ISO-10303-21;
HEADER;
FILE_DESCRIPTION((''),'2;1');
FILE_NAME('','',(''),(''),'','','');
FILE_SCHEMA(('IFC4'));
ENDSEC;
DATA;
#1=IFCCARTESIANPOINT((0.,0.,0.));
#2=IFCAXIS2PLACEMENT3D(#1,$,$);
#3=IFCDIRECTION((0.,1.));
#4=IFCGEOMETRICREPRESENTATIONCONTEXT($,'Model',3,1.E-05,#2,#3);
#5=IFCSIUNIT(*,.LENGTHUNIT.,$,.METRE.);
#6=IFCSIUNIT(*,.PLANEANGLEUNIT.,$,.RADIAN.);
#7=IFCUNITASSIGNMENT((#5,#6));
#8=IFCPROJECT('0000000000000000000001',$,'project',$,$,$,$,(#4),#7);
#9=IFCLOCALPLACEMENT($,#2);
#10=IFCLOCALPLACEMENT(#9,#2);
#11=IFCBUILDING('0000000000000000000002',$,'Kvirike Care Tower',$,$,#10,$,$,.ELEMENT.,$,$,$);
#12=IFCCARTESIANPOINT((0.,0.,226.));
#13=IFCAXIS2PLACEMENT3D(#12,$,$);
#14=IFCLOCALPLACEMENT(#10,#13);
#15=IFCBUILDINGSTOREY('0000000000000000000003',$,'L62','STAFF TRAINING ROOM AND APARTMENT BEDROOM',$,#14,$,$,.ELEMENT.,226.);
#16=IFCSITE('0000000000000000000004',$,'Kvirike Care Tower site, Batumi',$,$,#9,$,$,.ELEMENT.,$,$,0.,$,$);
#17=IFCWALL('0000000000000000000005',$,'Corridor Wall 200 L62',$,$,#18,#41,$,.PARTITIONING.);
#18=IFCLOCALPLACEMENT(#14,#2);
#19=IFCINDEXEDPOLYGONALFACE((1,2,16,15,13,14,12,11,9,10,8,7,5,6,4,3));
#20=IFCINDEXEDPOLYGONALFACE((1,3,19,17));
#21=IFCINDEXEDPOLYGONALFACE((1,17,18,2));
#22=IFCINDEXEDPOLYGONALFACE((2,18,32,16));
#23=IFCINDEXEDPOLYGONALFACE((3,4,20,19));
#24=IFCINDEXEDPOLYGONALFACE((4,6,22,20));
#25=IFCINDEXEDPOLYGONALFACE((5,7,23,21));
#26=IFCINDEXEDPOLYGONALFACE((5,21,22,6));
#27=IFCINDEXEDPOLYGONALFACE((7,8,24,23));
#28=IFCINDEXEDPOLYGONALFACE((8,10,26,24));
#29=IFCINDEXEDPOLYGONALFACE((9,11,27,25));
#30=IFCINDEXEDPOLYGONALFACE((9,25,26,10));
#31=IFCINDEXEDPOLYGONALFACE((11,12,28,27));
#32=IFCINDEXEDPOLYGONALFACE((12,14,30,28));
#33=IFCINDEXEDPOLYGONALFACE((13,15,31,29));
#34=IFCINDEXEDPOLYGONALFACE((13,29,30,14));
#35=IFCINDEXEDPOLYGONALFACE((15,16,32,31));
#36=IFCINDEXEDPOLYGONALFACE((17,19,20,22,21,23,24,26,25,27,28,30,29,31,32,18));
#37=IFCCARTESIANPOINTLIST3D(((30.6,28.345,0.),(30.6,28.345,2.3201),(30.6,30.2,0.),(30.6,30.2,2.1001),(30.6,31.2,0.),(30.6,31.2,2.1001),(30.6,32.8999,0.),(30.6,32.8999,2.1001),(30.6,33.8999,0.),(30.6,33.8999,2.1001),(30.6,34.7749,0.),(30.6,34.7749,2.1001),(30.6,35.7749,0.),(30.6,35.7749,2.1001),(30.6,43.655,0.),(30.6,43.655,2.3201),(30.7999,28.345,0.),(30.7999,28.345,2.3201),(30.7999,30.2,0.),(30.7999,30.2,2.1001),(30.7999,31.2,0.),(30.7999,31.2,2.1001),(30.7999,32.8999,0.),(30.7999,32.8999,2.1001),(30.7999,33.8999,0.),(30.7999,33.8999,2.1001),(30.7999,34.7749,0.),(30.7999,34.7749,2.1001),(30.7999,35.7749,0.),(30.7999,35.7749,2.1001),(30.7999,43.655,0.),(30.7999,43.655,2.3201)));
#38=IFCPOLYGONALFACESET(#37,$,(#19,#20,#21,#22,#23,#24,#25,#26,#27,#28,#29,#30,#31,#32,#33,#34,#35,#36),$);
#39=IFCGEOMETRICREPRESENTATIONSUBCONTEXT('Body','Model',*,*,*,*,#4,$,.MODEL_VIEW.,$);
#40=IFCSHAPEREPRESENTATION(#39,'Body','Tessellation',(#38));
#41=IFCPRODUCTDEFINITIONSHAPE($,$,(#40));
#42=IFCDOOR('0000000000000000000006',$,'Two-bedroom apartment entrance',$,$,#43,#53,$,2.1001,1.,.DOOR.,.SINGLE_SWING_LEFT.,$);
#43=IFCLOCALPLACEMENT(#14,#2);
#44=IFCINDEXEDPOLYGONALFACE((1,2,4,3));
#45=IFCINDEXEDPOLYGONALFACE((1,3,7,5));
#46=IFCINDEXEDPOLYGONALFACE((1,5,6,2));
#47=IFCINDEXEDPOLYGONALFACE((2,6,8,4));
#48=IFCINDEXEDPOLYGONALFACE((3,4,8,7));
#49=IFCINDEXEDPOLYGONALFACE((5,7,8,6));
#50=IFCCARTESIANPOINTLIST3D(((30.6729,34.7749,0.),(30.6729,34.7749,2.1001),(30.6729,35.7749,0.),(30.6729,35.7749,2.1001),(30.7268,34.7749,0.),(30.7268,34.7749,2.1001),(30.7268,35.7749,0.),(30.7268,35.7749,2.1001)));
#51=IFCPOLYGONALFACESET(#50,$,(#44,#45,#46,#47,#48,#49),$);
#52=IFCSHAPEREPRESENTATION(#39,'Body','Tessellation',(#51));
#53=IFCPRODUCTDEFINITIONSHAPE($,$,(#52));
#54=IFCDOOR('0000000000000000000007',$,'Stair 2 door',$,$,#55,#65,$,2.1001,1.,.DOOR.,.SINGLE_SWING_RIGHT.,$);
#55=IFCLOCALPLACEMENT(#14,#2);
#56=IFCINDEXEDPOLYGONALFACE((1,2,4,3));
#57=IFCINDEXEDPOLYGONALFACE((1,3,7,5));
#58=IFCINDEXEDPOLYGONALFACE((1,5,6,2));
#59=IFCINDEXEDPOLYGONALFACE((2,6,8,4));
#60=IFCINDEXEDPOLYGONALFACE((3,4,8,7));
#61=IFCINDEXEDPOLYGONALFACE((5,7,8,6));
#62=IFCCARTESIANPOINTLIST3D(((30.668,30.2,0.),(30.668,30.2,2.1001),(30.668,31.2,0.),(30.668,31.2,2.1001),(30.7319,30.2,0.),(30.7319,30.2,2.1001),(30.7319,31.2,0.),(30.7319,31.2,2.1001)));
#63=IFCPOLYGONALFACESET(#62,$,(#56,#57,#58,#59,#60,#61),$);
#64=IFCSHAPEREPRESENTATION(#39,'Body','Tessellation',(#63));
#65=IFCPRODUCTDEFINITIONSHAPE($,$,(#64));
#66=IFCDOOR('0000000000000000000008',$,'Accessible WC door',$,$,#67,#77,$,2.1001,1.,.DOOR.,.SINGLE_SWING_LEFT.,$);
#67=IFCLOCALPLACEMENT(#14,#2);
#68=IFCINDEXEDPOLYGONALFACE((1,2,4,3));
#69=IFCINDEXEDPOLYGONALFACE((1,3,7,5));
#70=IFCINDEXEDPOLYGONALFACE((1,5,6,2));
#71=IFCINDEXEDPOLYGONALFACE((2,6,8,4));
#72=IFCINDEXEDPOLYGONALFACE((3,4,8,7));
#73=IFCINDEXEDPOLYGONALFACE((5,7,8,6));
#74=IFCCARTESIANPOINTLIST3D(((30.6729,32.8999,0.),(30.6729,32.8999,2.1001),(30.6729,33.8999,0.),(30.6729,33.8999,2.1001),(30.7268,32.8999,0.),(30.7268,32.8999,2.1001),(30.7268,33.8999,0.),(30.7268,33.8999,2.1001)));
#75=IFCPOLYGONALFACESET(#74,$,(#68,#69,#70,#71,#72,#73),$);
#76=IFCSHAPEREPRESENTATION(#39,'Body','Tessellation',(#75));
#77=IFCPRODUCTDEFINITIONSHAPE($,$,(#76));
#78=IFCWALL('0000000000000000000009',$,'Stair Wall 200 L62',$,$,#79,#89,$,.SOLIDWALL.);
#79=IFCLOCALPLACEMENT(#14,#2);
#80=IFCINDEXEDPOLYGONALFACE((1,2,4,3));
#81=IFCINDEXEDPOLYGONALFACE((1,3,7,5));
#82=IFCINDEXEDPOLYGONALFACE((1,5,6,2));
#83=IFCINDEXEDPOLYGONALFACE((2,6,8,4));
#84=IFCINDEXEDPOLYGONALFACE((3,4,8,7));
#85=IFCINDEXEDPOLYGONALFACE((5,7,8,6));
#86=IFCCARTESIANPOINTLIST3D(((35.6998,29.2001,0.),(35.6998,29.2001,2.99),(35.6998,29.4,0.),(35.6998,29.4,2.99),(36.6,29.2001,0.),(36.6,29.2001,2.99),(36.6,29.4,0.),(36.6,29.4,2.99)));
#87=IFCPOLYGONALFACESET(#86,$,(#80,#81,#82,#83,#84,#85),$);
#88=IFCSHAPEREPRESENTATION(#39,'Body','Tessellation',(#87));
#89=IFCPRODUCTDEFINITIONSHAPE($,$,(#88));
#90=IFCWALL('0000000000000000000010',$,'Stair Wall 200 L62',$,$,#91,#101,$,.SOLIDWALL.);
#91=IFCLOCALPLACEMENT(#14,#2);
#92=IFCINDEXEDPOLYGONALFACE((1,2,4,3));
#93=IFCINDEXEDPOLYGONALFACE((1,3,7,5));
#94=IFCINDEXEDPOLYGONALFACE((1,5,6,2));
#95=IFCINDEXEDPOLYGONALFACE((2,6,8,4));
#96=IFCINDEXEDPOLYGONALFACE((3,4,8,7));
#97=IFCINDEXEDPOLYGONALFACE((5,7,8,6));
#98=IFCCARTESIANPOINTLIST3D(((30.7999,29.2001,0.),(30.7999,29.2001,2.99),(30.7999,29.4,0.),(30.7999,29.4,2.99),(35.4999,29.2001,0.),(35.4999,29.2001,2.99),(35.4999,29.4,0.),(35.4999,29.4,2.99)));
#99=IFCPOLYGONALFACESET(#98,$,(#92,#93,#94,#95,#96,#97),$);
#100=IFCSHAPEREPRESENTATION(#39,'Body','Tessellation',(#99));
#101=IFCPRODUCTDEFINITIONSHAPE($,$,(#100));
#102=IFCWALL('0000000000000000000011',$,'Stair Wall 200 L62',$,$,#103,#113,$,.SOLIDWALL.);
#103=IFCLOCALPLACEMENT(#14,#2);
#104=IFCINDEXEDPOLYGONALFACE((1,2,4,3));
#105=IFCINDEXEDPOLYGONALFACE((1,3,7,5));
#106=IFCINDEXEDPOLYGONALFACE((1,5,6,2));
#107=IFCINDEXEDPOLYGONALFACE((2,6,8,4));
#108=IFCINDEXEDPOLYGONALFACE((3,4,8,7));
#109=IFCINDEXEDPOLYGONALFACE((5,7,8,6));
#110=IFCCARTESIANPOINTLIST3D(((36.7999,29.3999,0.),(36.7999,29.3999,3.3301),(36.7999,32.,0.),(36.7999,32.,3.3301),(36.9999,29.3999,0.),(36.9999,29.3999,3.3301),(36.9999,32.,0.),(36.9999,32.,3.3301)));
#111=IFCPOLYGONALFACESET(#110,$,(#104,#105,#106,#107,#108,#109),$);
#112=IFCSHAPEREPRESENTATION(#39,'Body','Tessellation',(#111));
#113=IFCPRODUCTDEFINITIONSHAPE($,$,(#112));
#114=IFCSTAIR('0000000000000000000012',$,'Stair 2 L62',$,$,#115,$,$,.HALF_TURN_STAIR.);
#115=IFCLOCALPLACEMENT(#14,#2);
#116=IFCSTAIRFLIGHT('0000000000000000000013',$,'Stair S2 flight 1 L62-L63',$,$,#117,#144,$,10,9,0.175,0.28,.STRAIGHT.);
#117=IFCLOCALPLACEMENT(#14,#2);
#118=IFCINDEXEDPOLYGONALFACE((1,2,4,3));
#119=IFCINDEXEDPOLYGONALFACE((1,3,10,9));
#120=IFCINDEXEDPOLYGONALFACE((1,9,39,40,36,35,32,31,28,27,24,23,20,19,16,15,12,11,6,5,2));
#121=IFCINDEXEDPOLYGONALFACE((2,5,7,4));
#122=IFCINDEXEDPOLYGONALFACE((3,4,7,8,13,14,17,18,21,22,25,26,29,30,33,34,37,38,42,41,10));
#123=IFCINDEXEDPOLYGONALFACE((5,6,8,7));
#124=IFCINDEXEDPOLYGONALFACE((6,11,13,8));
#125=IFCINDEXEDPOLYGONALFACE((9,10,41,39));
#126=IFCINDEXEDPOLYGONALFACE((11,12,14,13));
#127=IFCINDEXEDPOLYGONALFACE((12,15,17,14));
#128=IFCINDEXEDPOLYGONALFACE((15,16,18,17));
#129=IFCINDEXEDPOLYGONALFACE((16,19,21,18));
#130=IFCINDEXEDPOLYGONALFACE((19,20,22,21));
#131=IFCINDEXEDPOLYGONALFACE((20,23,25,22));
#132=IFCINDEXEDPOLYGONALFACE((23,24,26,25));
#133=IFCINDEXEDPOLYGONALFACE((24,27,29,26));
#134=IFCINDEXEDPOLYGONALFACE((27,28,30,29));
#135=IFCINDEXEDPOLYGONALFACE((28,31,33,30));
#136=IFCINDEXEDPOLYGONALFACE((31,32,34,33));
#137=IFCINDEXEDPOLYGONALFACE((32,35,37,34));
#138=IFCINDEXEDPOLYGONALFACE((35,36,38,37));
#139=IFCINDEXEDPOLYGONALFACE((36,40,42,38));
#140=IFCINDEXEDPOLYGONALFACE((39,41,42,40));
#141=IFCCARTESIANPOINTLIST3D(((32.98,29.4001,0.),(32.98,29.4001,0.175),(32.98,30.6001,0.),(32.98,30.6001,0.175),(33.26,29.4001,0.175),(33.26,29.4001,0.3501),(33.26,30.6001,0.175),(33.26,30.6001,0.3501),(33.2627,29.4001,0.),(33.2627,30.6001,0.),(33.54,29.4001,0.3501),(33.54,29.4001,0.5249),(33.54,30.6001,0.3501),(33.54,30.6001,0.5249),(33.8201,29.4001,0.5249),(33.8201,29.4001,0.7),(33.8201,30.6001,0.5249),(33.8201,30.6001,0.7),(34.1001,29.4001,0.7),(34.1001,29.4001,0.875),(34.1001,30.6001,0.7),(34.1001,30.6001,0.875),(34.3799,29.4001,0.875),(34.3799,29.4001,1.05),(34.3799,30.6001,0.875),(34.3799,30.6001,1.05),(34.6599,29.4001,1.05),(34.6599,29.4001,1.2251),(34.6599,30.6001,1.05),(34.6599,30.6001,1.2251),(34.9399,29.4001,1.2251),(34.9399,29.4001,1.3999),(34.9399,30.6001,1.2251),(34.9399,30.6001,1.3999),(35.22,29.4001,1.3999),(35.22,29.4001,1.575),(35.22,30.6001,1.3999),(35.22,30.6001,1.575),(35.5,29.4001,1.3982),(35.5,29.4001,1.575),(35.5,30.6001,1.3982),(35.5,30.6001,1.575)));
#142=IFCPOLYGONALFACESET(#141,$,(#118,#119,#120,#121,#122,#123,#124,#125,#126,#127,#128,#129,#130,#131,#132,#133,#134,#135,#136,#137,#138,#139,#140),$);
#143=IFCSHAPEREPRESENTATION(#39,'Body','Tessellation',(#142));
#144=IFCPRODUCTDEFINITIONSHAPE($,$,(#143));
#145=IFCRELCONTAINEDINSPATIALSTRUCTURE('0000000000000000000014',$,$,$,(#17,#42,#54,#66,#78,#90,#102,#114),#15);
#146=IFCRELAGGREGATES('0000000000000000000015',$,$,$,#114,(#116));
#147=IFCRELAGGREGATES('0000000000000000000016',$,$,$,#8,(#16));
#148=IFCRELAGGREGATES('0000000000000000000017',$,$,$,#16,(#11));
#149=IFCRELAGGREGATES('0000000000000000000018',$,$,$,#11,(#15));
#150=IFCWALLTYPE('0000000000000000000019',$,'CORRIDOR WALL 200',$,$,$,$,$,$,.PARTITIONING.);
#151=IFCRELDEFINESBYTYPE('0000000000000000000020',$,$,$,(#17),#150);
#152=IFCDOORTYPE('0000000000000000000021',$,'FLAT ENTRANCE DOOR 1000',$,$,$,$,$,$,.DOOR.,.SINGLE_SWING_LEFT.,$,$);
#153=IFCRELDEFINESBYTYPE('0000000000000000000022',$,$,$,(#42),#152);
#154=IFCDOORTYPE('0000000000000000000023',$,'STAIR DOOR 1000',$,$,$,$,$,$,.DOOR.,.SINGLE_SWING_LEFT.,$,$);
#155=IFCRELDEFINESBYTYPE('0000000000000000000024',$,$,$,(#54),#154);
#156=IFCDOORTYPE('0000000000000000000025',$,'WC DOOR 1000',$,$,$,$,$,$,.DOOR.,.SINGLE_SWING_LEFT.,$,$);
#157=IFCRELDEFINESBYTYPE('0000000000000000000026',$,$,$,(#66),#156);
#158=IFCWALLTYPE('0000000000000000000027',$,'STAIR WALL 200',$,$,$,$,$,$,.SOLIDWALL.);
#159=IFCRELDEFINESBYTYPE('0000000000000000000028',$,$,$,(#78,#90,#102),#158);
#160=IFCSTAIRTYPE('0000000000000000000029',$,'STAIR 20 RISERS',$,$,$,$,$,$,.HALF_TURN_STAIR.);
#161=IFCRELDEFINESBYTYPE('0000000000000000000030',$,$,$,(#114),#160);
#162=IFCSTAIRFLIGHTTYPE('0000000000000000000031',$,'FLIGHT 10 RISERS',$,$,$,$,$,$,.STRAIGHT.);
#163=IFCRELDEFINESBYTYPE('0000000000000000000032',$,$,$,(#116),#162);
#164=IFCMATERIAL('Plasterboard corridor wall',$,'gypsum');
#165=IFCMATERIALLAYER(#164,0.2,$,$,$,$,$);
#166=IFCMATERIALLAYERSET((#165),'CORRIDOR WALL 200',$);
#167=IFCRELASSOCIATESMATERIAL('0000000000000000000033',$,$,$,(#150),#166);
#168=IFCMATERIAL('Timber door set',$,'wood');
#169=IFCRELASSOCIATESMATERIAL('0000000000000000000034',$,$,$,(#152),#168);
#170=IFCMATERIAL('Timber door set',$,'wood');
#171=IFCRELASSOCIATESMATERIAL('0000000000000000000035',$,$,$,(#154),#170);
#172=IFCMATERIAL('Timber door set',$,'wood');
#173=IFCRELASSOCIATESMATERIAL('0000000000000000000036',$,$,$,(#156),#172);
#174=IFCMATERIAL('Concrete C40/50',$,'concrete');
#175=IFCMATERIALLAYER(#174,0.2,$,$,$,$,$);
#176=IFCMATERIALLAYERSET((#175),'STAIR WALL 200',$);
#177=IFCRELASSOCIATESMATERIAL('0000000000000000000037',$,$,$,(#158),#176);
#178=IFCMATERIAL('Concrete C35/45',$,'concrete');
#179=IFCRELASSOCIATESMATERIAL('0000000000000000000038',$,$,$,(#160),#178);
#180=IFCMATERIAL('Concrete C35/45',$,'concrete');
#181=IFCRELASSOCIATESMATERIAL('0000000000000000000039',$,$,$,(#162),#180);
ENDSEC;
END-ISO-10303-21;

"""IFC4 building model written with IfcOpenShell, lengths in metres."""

from ifc_helpers import new_model, si_unit, direction, frame, frame_2d, origin, place, context, subcontext, project, spatial, polyline, rectangle, outline, extrude, material, layer, layer_set, type_object, element, fill, aggregate, save


model = new_model("IFC4")

# Units and contexts
model_context = context("Model", 3, precision=1e-05, world=origin(), true_north=direction((0.0, 1.0)))
body_context = subcontext(model_context, "Body", "Model", "MODEL_VIEW")
ifc_project = project(units=[si_unit("LENGTHUNIT", "METRE"), si_unit("PLANEANGLEUNIT", "RADIAN")], contexts=[model_context])

# Site, building, storey
site_placement = place(None, origin())
site = spatial("IfcSite", under=ifc_project, at=site_placement, Name="Kvirike Care Tower site, Batumi", CompositionType="ELEMENT", RefElevation=0.0)
building_placement = place(site_placement, origin())
building = spatial("IfcBuilding", under=site, at=building_placement, Name="Kvirike Care Tower", CompositionType="ELEMENT")
storey_placement = place(building_placement, frame((0.0, 0.0, 226.0)))
storey = spatial("IfcBuildingStorey", under=building, at=storey_placement, Name="L62", Description="STAFF TRAINING ROOM AND APARTMENT BEDROOM", CompositionType="ELEMENT", Elevation=226.0)

# Wall, openings, doors
ifc_material_1 = material(Name="Plasterboard corridor wall", Category="gypsum")
ifc_layer_1 = layer(ifc_material_1, 0.2)
ifc_layer_set_1 = layer_set([ifc_layer_1], Name="CORRIDOR WALL 200")
wall_type_1 = type_object("IfcWallType", Name="CORRIDOR WALL 200", PredefinedType="PARTITIONING", material=ifc_layer_set_1)
wall_1_placement = place(storey_placement, frame((30.7, 28.345, 0.0), z_axis=(0.0, 0.0, 1.0), x_axis=(0.0, 1.0, 0.0)))
wall_1 = element("IfcWall", 1, at=wall_1_placement, inside=storey, type_object=wall_type_1, Name="Corridor Wall 200 L62", PredefinedType="PARTITIONING", context=body_context, shape_type="SweptSolid", body=[
    extrude(rectangle(XDim=15.3101, YDim=0.2, at=frame_2d((7.655, 0.0))), origin(), (0.0, 0.0, 1.0), 2.3201),
])
opening_1_placement = place(wall_1_placement, frame((1.855, 0.0, 0.0)))
opening_1 = element("IfcOpeningElement", 2, at=opening_1_placement, cuts=wall_1, PredefinedType="OPENING", context=body_context, shape_type="SweptSolid", body=[
    extrude(rectangle(XDim=1.0, YDim=2.1001, at=frame_2d((0.5, 1.05))), frame((0.0, 0.1106, 0.0), z_axis=(0.0, -1.0, 0.0), x_axis=(1.0, 0.0, 0.0)), (0.0, 0.0, 1.0), 0.2209),
])
opening_2_placement = place(wall_1_placement, frame((4.5549, 0.0, 0.0)))
opening_2 = element("IfcOpeningElement", 3, at=opening_2_placement, cuts=wall_1, PredefinedType="OPENING", context=body_context, shape_type="SweptSolid", body=[
    extrude(rectangle(XDim=1.0, YDim=2.1001, at=frame_2d((0.5, 1.05))), frame((0.0, 0.1106, 0.0), z_axis=(0.0, -1.0, 0.0), x_axis=(1.0, 0.0, 0.0)), (0.0, 0.0, 1.0), 0.2209),
])
opening_3_placement = place(wall_1_placement, frame((6.4299, 0.0, 0.0)))
opening_3 = element("IfcOpeningElement", 4, at=opening_3_placement, cuts=wall_1, PredefinedType="OPENING", context=body_context, shape_type="SweptSolid", body=[
    extrude(rectangle(XDim=1.0, YDim=2.1001, at=frame_2d((0.5, 1.05))), frame((0.0, 0.1106, 0.0), z_axis=(0.0, -1.0, 0.0), x_axis=(1.0, 0.0, 0.0)), (0.0, 0.0, 1.0), 0.2209),
])
ifc_material_2 = material(Name="Timber door set", Category="wood")
door_type_1 = type_object("IfcDoorType", Name="FLAT ENTRANCE DOOR 1000", OperationType="SINGLE_SWING_LEFT", PredefinedType="DOOR", material=ifc_material_2)
door_1_placement = place(opening_3_placement, frame((1.0, 0.0, 0.0), z_axis=(0.0, 0.0, 1.0), x_axis=(-1.0, 0.0, 0.0)))
door_1 = element("IfcDoor", 5, at=door_1_placement, inside=storey, type_object=door_type_1, Name="Two-bedroom apartment entrance", OperationType="SINGLE_SWING_LEFT", OverallHeight=2.1001, OverallWidth=1.0, PredefinedType="DOOR", context=body_context, shape_type="SweptSolid", body=[
    extrude(rectangle(XDim=1.0, YDim=2.1001, at=frame_2d((0.5, 1.05))), frame((0.0, 0.0269, 0.0), z_axis=(0.0, -1.0, 0.0), x_axis=(1.0, 0.0, 0.0)), (0.0, 0.0, 1.0), 0.054),
])
fill(opening_3, door_1)
ifc_material_3 = material(Name="Timber door set", Category="wood")
door_type_2 = type_object("IfcDoorType", Name="STAIR DOOR 1000", OperationType="SINGLE_SWING_LEFT", PredefinedType="DOOR", material=ifc_material_3)
door_2_placement = place(opening_1_placement, frame((1.0, 0.0, 0.0), z_axis=(0.0, 0.0, 1.0), x_axis=(-1.0, 0.0, 0.0)))
door_2 = element("IfcDoor", 6, at=door_2_placement, inside=storey, type_object=door_type_2, Name="Stair 2 door", OperationType="SINGLE_SWING_RIGHT", OverallHeight=2.1001, OverallWidth=1.0, PredefinedType="DOOR", context=body_context, shape_type="SweptSolid", body=[
    extrude(rectangle(XDim=1.0, YDim=2.1001, at=frame_2d((0.5, 1.05))), frame((0.0, 0.032, 0.0), z_axis=(0.0, -1.0, 0.0), x_axis=(1.0, 0.0, 0.0)), (0.0, 0.0, 1.0), 0.064),
])
fill(opening_1, door_2)
ifc_material_4 = material(Name="Timber door set", Category="wood")
door_type_3 = type_object("IfcDoorType", Name="WC DOOR 1000", OperationType="SINGLE_SWING_LEFT", PredefinedType="DOOR", material=ifc_material_4)
door_3_placement = place(opening_2_placement, frame((1.0, 0.0, 0.0), z_axis=(0.0, 0.0, 1.0), x_axis=(-1.0, 0.0, 0.0)))
door_3 = element("IfcDoor", 7, at=door_3_placement, inside=storey, type_object=door_type_3, Name="Accessible WC door", OperationType="SINGLE_SWING_LEFT", OverallHeight=2.1001, OverallWidth=1.0, PredefinedType="DOOR", context=body_context, shape_type="SweptSolid", body=[
    extrude(rectangle(XDim=1.0, YDim=2.1001, at=frame_2d((0.5, 1.05))), frame((0.0, 0.0269, 0.0), z_axis=(0.0, -1.0, 0.0), x_axis=(1.0, 0.0, 0.0)), (0.0, 0.0, 1.0), 0.054),
])
fill(opening_2, door_3)

# Walls
ifc_material_5 = material(Name="Concrete C40/50", Category="concrete")
ifc_layer_2 = layer(ifc_material_5, 0.2)
ifc_layer_set_2 = layer_set([ifc_layer_2], Name="STAIR WALL 200")
wall_type_2 = type_object("IfcWallType", Name="STAIR WALL 200", PredefinedType="SOLIDWALL", material=ifc_layer_set_2)
wall_2_placement = place(storey_placement, frame((36.6001, 29.3, 0.0), z_axis=(0.0, 0.0, 1.0), x_axis=(-1.0, 0.0, 0.0)))
element("IfcWall", 8, at=wall_2_placement, inside=storey, type_object=wall_type_2, Name="Stair Wall 200 L62", PredefinedType="SOLIDWALL", context=body_context, shape_type="SweptSolid", body=[
    extrude(rectangle(XDim=0.9001, YDim=0.2, at=frame_2d((0.4502, 0.0))), origin(), (0.0, 0.0, 1.0), 2.99),
])
wall_3_placement = place(storey_placement, frame((35.5, 29.3, 0.0), z_axis=(0.0, 0.0, 1.0), x_axis=(-1.0, 0.0, 0.0)))
element("IfcWall", 9, at=wall_3_placement, inside=storey, type_object=wall_type_2, Name="Stair Wall 200 L62", PredefinedType="SOLIDWALL", context=body_context, shape_type="SweptSolid", body=[
    extrude(rectangle(XDim=4.7, YDim=0.2, at=frame_2d((2.3501, 0.0))), origin(), (0.0, 0.0, 1.0), 2.99),
])
wall_4_placement = place(storey_placement, frame((36.8999, 29.3999, 0.0), z_axis=(0.0, 0.0, 1.0), x_axis=(0.0, 1.0, 0.0)))
element("IfcWall", 10, at=wall_4_placement, inside=storey, type_object=wall_type_2, Name="Stair Wall 200 L62", PredefinedType="SOLIDWALL", context=body_context, shape_type="SweptSolid", body=[
    extrude(rectangle(XDim=2.6001, YDim=0.2, at=frame_2d((1.3, 0.0))), origin(), (0.0, 0.0, 1.0), 3.3301),
])

# Stair, stair flight
ifc_material_6 = material(Name="Concrete C35/45", Category="concrete")
stair_type = type_object("IfcStairType", Name="STAIR 20 RISERS", PredefinedType="HALF_TURN_STAIR", material=ifc_material_6)
stair_placement = place(storey_placement, origin())
stair = element("IfcStair", 11, at=stair_placement, inside=storey, type_object=stair_type, Name="Stair 2 L62", PredefinedType="HALF_TURN_STAIR")
ifc_material_7 = material(Name="Concrete C35/45", Category="concrete")
stair_flight_type = type_object("IfcStairFlightType", Name="FLIGHT 10 RISERS", PredefinedType="STRAIGHT", material=ifc_material_7)
stair_flight_placement = place(storey_placement, frame((32.98, 30.0, 0.0), z_axis=(0.0, 0.0, 1.0), x_axis=(1.0, 0.0, 0.0)))
stair_flight = element("IfcStairFlight", 12, at=stair_flight_placement, type_object=stair_flight_type, Name="Stair S2 flight 1 L62-L63", NumberOfRisers=10, NumberOfTreads=9, PredefinedType="STRAIGHT", RiserHeight=0.175, TreadLength=0.28, context=body_context, shape_type="SweptSolid", body=[
    extrude(outline(polyline([(0.0, 0.0), (0.0, 0.175), (0.28, 0.175), (0.28, 0.3501), (0.5601, 0.3501), (0.5601, 0.5249), (0.8401, 0.5249), (0.8401, 0.7), (1.1201, 0.7), (1.1201, 0.875), (1.3999, 0.875), (1.3999, 1.05), (1.6799, 1.05), (1.6799, 1.2251), (1.96, 1.2251), (1.96, 1.3999), (2.24, 1.3999), (2.24, 1.575), (2.52, 1.575), (2.52, 1.75), (2.52, 1.3982), (0.2827, 0.0), (0.0, 0.0)])), frame((0.0, 0.6001, 0.0), z_axis=(0.0, -1.0, 0.0), x_axis=(1.0, 0.0, 0.0)), (0.0, 0.0, 1.0), 1.2),
])
aggregate(stair, [stair_flight])

save(model, "model.ifc")
